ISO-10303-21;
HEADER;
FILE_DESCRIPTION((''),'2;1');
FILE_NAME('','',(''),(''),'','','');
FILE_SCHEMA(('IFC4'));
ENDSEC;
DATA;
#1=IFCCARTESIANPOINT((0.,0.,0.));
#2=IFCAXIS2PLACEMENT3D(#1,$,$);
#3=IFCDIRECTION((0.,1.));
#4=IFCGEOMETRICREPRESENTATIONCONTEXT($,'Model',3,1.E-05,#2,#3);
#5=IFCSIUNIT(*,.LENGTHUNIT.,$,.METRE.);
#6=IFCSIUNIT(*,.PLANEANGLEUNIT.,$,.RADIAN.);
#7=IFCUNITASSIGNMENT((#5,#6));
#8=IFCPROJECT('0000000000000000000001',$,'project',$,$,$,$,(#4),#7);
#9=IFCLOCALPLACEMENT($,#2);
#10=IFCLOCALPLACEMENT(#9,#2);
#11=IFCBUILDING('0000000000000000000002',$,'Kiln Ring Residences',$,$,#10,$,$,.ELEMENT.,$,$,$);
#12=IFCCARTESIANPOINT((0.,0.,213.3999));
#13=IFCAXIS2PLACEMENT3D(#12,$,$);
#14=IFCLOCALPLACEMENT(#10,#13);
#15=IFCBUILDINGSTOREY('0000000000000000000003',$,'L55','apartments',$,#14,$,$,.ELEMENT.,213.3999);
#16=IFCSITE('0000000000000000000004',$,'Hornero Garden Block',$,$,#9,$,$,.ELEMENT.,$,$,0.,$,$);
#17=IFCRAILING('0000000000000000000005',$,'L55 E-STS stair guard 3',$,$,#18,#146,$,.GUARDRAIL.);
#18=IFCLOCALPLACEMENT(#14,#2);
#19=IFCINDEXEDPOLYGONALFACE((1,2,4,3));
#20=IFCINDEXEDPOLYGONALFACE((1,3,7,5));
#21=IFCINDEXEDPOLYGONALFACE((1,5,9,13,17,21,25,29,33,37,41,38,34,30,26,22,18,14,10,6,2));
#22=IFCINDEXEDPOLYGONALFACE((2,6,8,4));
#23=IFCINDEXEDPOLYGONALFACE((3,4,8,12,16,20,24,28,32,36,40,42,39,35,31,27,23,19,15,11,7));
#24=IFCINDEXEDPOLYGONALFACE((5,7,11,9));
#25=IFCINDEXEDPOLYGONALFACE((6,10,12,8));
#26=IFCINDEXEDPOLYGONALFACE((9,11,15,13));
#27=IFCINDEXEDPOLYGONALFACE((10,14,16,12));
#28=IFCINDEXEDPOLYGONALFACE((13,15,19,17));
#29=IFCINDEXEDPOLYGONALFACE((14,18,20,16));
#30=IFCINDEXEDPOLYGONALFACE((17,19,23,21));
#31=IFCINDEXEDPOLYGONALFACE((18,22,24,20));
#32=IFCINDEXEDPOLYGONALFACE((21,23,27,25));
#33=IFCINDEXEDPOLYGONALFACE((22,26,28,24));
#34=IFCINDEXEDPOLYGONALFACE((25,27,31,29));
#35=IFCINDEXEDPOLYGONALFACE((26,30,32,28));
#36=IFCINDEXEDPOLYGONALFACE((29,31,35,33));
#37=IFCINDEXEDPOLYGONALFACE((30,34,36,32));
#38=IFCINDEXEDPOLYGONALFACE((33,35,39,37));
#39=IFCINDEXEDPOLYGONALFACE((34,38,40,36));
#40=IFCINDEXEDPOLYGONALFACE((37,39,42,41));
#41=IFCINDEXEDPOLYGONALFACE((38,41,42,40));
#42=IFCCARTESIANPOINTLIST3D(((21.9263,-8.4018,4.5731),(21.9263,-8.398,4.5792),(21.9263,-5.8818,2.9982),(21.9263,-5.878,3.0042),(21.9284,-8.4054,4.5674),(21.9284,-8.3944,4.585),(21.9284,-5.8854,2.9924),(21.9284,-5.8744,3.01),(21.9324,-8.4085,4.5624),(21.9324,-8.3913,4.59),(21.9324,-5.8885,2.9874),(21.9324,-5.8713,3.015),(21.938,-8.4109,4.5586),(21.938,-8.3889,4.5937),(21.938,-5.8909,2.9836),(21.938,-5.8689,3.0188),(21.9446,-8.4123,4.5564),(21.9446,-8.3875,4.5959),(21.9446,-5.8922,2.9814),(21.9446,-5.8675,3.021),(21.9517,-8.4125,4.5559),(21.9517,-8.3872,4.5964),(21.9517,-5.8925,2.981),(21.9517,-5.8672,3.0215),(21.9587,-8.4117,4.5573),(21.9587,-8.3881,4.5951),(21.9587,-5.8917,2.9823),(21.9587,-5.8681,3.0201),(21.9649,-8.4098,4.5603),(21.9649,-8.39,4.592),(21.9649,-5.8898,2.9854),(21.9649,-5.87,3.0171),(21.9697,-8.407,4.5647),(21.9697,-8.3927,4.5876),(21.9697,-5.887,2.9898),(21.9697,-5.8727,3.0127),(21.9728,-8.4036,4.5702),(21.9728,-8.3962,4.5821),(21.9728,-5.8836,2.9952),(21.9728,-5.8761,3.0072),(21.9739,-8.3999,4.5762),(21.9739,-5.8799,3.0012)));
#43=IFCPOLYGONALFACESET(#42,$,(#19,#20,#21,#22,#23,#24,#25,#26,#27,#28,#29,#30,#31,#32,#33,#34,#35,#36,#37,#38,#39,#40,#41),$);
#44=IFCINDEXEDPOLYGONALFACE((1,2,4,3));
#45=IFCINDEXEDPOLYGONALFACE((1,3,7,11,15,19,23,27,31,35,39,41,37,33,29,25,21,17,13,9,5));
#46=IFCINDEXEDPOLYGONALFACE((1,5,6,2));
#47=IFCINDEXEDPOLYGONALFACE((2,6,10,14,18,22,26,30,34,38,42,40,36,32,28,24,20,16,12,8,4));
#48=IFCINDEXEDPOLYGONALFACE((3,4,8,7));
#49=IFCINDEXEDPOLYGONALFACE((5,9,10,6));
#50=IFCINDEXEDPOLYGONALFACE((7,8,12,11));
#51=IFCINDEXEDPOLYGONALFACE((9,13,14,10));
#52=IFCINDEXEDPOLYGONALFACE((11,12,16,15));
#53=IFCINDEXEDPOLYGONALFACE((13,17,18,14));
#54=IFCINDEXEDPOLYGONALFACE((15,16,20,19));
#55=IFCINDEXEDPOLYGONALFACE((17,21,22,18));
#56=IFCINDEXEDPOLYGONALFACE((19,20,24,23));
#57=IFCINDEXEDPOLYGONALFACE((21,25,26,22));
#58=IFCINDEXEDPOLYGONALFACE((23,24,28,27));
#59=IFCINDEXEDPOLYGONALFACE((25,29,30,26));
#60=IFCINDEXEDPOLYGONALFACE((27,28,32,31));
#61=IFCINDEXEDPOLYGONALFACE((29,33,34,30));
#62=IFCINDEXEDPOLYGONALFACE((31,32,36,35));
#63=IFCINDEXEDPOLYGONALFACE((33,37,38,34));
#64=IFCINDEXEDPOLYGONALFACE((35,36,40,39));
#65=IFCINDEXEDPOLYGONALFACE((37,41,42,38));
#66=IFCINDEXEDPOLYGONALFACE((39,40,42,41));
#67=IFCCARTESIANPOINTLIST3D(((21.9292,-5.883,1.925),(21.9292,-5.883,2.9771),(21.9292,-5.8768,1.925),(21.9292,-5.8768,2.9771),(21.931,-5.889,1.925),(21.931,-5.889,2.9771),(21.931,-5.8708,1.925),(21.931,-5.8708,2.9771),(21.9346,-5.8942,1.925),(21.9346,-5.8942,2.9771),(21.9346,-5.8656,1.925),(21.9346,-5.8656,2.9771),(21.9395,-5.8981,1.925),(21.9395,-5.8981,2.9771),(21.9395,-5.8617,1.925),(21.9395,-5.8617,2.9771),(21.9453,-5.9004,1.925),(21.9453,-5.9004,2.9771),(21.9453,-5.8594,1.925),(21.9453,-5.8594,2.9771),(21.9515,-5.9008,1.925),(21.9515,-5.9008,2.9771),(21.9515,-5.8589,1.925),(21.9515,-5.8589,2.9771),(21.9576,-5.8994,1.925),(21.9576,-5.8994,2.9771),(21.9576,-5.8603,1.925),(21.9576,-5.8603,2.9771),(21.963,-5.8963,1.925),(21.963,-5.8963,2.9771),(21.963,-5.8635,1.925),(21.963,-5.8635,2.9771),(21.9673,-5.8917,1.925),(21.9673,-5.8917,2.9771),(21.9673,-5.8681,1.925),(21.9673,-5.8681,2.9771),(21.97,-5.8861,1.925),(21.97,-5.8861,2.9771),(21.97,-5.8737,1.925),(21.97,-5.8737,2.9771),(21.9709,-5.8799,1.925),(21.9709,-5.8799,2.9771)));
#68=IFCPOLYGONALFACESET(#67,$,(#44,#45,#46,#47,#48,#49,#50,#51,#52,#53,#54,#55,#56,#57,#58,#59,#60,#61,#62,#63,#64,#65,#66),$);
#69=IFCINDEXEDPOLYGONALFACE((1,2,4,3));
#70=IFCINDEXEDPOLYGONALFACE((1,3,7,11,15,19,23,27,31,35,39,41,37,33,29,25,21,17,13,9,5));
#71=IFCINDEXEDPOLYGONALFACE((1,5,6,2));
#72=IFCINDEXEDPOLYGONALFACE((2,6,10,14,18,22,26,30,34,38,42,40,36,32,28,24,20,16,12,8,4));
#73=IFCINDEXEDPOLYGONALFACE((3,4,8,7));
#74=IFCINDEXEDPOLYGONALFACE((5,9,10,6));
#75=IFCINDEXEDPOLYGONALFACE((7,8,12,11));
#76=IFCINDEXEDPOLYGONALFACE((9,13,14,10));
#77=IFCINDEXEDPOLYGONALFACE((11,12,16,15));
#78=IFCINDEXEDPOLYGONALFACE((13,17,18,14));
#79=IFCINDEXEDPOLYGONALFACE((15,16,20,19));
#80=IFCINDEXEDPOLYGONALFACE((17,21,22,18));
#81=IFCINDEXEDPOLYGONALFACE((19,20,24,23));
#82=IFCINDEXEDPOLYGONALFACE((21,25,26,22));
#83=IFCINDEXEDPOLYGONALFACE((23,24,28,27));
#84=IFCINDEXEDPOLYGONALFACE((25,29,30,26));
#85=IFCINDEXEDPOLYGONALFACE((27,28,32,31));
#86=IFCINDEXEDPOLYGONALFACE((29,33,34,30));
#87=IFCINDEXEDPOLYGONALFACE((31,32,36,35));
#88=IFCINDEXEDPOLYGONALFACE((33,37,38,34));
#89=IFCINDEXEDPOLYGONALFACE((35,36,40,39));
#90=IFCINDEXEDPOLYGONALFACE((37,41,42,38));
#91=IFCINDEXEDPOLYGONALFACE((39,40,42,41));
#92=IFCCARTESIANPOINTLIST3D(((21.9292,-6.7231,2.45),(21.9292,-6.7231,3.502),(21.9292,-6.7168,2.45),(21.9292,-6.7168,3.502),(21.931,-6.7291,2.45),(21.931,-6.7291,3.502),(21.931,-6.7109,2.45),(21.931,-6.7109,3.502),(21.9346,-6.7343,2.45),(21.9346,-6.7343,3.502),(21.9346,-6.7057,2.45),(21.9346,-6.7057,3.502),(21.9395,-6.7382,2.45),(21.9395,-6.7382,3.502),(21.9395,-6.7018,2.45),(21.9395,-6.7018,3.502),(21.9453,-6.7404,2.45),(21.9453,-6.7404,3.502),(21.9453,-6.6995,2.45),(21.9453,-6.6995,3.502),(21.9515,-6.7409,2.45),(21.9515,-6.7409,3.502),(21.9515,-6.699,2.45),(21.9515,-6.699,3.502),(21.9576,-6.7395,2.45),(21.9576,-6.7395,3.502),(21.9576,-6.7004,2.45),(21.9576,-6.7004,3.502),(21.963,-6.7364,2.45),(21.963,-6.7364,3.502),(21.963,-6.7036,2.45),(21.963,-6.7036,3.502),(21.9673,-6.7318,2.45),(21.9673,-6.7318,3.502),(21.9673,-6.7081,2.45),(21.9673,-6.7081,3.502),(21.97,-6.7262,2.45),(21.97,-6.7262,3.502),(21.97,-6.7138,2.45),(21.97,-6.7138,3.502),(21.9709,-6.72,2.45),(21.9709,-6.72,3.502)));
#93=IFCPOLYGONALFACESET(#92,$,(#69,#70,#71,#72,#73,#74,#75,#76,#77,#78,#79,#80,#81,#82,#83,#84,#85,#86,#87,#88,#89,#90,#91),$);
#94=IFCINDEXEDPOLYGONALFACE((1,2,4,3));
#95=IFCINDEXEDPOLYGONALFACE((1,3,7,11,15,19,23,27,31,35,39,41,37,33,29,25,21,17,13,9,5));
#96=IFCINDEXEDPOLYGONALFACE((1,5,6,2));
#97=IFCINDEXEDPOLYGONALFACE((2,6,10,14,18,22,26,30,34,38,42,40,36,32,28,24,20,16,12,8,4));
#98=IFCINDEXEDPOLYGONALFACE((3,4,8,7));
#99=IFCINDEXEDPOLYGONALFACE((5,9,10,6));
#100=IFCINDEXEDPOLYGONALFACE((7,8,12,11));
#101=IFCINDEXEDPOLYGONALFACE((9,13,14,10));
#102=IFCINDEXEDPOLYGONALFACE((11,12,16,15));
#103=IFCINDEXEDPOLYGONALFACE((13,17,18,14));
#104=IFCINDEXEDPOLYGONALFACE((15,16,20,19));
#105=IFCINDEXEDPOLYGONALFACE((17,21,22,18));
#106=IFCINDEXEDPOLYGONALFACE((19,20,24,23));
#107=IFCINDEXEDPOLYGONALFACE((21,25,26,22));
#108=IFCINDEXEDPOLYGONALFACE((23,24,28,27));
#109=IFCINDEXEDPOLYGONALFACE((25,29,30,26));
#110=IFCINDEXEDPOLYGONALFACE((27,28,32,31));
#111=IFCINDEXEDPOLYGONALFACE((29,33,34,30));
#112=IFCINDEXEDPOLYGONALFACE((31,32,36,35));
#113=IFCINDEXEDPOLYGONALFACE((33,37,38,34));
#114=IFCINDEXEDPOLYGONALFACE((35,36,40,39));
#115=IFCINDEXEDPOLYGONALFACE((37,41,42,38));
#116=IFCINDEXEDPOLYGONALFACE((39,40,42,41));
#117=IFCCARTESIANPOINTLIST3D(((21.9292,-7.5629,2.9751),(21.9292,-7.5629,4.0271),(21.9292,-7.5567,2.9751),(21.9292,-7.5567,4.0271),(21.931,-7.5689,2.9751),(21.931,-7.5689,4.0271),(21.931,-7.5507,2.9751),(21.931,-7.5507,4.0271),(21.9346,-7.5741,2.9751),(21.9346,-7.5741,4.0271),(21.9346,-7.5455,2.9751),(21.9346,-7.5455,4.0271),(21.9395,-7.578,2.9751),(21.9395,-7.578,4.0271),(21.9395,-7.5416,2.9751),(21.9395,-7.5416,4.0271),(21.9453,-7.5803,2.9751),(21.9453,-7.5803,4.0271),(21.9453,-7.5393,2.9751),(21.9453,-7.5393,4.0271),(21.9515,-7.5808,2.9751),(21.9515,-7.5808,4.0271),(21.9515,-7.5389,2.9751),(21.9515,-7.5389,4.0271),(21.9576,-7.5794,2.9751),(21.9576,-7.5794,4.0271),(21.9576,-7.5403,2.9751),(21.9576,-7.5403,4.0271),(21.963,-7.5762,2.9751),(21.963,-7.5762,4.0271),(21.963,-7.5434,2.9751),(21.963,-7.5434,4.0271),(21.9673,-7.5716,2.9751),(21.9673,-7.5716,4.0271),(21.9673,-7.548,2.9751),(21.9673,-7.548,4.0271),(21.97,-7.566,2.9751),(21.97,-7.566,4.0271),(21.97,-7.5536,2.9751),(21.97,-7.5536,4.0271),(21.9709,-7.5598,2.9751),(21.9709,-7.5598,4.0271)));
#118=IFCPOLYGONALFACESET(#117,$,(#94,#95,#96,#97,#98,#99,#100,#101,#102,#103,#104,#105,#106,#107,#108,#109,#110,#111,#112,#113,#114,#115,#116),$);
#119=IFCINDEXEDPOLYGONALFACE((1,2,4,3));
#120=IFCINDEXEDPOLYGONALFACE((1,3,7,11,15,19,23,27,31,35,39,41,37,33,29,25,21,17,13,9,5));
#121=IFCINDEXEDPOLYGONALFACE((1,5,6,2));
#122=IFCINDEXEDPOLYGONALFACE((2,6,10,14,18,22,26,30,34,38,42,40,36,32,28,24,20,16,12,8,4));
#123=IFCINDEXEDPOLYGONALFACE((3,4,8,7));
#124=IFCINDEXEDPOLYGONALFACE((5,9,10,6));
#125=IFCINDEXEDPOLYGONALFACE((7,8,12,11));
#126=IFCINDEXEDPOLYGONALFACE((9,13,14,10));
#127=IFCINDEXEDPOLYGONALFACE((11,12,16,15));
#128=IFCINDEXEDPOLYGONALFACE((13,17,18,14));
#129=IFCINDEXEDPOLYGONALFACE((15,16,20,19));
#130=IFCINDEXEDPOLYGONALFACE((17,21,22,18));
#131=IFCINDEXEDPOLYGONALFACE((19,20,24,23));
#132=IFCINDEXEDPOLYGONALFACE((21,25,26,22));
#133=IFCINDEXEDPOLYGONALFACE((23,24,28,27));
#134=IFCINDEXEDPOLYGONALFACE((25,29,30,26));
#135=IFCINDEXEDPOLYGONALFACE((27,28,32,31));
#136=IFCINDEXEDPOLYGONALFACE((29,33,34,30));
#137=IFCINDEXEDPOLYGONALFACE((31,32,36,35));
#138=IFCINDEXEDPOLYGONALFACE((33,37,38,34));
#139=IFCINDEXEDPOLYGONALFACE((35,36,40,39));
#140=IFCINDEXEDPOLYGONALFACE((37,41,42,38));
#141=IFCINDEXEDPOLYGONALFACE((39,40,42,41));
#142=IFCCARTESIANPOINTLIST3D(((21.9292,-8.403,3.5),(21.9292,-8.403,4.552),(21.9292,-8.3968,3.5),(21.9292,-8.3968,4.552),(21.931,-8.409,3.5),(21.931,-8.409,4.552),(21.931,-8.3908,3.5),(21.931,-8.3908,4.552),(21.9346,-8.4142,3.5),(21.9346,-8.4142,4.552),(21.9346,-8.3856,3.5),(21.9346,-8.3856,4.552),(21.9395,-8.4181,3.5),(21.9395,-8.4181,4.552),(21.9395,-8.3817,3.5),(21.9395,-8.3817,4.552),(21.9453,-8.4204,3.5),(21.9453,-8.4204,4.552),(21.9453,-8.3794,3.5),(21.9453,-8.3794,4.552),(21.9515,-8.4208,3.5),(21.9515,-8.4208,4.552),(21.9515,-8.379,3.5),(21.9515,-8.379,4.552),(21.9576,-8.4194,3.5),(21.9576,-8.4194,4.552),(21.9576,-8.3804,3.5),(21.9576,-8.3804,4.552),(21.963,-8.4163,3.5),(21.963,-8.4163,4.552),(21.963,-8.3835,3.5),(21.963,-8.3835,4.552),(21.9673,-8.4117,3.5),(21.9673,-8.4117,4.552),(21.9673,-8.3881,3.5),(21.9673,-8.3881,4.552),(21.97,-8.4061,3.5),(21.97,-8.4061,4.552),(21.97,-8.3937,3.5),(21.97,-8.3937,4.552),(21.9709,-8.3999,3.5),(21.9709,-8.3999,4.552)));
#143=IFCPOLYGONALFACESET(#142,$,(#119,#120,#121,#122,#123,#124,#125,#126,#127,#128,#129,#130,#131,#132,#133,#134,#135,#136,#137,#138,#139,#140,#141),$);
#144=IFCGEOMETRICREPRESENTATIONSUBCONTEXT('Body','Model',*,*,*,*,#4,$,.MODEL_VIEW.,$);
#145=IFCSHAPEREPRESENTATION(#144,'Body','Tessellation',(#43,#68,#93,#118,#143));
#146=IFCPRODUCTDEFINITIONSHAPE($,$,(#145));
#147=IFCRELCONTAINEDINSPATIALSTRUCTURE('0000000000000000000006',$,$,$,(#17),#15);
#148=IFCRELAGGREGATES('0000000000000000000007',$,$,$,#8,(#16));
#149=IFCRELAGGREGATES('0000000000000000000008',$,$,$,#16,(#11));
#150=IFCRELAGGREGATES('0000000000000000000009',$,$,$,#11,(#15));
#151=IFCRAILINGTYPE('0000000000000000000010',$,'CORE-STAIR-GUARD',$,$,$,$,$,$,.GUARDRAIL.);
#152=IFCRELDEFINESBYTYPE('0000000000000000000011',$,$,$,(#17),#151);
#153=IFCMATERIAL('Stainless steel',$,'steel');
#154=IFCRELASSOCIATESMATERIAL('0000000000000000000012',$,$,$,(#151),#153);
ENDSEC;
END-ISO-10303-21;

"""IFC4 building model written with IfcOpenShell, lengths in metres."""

from ifc_helpers import new_model, si_unit, direction, frame, origin, origin_2d, place, context, subcontext, project, spatial, circle, extrude, material, type_object, element, save


model = new_model("IFC4")

# Units and contexts
model_context = context("Model", 3, precision=1e-05, world=origin(), true_north=direction((0.0, 1.0)))
body_context = subcontext(model_context, "Body", "Model", "MODEL_VIEW")
ifc_project = project(units=[si_unit("LENGTHUNIT", "METRE"), si_unit("PLANEANGLEUNIT", "RADIAN")], contexts=[model_context])

# Site, building, storey
site_placement = place(None, origin())
site = spatial("IfcSite", under=ifc_project, at=site_placement, Name="Hornero Garden Block", CompositionType="ELEMENT", RefElevation=0.0)
building_placement = place(site_placement, origin())
building = spatial("IfcBuilding", under=site, at=building_placement, Name="Kiln Ring Residences", CompositionType="ELEMENT")
storey_placement = place(building_placement, frame((0.0, 0.0, 213.3999)))
storey = spatial("IfcBuildingStorey", under=building, at=storey_placement, Name="L55", Description="apartments", CompositionType="ELEMENT", Elevation=213.3999)

# Railing
ifc_material_1 = material(Name="Stainless steel", Category="steel")
railing_type_1 = type_object("IfcRailingType", Name="CORE-STAIR-GUARD", PredefinedType="GUARDRAIL", material=ifc_material_1)
railing_1_placement = place(storey_placement, frame((21.95, -5.8799, 1.925)))
element("IfcRailing", 1, at=railing_1_placement, inside=storey, type_object=railing_type_1, Name="L55 E-STS stair guard 3", PredefinedType="GUARDRAIL", context=body_context, shape_type="SweptSolid", body=[
    extrude(circle(Radius=0.0239, at=origin_2d()), frame((0.0, 0.0, 1.0762), z_axis=(0.0, -0.848008, 0.529984), x_axis=(1.0, 0.0, 0.0)), (0.0, 0.0, 1.0), 2.9717),
    extrude(circle(Radius=0.021, at=origin_2d()), origin(), (0.0, 0.0, 1.0), 1.052),
    extrude(circle(Radius=0.021, at=origin_2d()), frame((0.0, -0.8401, 0.5249)), (0.0, 0.0, 1.0), 1.052),
    extrude(circle(Radius=0.021, at=origin_2d()), frame((0.0, -1.6799, 1.05)), (0.0, 0.0, 1.0), 1.052),
    extrude(circle(Radius=0.021, at=origin_2d()), frame((0.0, -2.52, 1.575)), (0.0, 0.0, 1.0), 1.052),
])

save(model, "model.ifc")
